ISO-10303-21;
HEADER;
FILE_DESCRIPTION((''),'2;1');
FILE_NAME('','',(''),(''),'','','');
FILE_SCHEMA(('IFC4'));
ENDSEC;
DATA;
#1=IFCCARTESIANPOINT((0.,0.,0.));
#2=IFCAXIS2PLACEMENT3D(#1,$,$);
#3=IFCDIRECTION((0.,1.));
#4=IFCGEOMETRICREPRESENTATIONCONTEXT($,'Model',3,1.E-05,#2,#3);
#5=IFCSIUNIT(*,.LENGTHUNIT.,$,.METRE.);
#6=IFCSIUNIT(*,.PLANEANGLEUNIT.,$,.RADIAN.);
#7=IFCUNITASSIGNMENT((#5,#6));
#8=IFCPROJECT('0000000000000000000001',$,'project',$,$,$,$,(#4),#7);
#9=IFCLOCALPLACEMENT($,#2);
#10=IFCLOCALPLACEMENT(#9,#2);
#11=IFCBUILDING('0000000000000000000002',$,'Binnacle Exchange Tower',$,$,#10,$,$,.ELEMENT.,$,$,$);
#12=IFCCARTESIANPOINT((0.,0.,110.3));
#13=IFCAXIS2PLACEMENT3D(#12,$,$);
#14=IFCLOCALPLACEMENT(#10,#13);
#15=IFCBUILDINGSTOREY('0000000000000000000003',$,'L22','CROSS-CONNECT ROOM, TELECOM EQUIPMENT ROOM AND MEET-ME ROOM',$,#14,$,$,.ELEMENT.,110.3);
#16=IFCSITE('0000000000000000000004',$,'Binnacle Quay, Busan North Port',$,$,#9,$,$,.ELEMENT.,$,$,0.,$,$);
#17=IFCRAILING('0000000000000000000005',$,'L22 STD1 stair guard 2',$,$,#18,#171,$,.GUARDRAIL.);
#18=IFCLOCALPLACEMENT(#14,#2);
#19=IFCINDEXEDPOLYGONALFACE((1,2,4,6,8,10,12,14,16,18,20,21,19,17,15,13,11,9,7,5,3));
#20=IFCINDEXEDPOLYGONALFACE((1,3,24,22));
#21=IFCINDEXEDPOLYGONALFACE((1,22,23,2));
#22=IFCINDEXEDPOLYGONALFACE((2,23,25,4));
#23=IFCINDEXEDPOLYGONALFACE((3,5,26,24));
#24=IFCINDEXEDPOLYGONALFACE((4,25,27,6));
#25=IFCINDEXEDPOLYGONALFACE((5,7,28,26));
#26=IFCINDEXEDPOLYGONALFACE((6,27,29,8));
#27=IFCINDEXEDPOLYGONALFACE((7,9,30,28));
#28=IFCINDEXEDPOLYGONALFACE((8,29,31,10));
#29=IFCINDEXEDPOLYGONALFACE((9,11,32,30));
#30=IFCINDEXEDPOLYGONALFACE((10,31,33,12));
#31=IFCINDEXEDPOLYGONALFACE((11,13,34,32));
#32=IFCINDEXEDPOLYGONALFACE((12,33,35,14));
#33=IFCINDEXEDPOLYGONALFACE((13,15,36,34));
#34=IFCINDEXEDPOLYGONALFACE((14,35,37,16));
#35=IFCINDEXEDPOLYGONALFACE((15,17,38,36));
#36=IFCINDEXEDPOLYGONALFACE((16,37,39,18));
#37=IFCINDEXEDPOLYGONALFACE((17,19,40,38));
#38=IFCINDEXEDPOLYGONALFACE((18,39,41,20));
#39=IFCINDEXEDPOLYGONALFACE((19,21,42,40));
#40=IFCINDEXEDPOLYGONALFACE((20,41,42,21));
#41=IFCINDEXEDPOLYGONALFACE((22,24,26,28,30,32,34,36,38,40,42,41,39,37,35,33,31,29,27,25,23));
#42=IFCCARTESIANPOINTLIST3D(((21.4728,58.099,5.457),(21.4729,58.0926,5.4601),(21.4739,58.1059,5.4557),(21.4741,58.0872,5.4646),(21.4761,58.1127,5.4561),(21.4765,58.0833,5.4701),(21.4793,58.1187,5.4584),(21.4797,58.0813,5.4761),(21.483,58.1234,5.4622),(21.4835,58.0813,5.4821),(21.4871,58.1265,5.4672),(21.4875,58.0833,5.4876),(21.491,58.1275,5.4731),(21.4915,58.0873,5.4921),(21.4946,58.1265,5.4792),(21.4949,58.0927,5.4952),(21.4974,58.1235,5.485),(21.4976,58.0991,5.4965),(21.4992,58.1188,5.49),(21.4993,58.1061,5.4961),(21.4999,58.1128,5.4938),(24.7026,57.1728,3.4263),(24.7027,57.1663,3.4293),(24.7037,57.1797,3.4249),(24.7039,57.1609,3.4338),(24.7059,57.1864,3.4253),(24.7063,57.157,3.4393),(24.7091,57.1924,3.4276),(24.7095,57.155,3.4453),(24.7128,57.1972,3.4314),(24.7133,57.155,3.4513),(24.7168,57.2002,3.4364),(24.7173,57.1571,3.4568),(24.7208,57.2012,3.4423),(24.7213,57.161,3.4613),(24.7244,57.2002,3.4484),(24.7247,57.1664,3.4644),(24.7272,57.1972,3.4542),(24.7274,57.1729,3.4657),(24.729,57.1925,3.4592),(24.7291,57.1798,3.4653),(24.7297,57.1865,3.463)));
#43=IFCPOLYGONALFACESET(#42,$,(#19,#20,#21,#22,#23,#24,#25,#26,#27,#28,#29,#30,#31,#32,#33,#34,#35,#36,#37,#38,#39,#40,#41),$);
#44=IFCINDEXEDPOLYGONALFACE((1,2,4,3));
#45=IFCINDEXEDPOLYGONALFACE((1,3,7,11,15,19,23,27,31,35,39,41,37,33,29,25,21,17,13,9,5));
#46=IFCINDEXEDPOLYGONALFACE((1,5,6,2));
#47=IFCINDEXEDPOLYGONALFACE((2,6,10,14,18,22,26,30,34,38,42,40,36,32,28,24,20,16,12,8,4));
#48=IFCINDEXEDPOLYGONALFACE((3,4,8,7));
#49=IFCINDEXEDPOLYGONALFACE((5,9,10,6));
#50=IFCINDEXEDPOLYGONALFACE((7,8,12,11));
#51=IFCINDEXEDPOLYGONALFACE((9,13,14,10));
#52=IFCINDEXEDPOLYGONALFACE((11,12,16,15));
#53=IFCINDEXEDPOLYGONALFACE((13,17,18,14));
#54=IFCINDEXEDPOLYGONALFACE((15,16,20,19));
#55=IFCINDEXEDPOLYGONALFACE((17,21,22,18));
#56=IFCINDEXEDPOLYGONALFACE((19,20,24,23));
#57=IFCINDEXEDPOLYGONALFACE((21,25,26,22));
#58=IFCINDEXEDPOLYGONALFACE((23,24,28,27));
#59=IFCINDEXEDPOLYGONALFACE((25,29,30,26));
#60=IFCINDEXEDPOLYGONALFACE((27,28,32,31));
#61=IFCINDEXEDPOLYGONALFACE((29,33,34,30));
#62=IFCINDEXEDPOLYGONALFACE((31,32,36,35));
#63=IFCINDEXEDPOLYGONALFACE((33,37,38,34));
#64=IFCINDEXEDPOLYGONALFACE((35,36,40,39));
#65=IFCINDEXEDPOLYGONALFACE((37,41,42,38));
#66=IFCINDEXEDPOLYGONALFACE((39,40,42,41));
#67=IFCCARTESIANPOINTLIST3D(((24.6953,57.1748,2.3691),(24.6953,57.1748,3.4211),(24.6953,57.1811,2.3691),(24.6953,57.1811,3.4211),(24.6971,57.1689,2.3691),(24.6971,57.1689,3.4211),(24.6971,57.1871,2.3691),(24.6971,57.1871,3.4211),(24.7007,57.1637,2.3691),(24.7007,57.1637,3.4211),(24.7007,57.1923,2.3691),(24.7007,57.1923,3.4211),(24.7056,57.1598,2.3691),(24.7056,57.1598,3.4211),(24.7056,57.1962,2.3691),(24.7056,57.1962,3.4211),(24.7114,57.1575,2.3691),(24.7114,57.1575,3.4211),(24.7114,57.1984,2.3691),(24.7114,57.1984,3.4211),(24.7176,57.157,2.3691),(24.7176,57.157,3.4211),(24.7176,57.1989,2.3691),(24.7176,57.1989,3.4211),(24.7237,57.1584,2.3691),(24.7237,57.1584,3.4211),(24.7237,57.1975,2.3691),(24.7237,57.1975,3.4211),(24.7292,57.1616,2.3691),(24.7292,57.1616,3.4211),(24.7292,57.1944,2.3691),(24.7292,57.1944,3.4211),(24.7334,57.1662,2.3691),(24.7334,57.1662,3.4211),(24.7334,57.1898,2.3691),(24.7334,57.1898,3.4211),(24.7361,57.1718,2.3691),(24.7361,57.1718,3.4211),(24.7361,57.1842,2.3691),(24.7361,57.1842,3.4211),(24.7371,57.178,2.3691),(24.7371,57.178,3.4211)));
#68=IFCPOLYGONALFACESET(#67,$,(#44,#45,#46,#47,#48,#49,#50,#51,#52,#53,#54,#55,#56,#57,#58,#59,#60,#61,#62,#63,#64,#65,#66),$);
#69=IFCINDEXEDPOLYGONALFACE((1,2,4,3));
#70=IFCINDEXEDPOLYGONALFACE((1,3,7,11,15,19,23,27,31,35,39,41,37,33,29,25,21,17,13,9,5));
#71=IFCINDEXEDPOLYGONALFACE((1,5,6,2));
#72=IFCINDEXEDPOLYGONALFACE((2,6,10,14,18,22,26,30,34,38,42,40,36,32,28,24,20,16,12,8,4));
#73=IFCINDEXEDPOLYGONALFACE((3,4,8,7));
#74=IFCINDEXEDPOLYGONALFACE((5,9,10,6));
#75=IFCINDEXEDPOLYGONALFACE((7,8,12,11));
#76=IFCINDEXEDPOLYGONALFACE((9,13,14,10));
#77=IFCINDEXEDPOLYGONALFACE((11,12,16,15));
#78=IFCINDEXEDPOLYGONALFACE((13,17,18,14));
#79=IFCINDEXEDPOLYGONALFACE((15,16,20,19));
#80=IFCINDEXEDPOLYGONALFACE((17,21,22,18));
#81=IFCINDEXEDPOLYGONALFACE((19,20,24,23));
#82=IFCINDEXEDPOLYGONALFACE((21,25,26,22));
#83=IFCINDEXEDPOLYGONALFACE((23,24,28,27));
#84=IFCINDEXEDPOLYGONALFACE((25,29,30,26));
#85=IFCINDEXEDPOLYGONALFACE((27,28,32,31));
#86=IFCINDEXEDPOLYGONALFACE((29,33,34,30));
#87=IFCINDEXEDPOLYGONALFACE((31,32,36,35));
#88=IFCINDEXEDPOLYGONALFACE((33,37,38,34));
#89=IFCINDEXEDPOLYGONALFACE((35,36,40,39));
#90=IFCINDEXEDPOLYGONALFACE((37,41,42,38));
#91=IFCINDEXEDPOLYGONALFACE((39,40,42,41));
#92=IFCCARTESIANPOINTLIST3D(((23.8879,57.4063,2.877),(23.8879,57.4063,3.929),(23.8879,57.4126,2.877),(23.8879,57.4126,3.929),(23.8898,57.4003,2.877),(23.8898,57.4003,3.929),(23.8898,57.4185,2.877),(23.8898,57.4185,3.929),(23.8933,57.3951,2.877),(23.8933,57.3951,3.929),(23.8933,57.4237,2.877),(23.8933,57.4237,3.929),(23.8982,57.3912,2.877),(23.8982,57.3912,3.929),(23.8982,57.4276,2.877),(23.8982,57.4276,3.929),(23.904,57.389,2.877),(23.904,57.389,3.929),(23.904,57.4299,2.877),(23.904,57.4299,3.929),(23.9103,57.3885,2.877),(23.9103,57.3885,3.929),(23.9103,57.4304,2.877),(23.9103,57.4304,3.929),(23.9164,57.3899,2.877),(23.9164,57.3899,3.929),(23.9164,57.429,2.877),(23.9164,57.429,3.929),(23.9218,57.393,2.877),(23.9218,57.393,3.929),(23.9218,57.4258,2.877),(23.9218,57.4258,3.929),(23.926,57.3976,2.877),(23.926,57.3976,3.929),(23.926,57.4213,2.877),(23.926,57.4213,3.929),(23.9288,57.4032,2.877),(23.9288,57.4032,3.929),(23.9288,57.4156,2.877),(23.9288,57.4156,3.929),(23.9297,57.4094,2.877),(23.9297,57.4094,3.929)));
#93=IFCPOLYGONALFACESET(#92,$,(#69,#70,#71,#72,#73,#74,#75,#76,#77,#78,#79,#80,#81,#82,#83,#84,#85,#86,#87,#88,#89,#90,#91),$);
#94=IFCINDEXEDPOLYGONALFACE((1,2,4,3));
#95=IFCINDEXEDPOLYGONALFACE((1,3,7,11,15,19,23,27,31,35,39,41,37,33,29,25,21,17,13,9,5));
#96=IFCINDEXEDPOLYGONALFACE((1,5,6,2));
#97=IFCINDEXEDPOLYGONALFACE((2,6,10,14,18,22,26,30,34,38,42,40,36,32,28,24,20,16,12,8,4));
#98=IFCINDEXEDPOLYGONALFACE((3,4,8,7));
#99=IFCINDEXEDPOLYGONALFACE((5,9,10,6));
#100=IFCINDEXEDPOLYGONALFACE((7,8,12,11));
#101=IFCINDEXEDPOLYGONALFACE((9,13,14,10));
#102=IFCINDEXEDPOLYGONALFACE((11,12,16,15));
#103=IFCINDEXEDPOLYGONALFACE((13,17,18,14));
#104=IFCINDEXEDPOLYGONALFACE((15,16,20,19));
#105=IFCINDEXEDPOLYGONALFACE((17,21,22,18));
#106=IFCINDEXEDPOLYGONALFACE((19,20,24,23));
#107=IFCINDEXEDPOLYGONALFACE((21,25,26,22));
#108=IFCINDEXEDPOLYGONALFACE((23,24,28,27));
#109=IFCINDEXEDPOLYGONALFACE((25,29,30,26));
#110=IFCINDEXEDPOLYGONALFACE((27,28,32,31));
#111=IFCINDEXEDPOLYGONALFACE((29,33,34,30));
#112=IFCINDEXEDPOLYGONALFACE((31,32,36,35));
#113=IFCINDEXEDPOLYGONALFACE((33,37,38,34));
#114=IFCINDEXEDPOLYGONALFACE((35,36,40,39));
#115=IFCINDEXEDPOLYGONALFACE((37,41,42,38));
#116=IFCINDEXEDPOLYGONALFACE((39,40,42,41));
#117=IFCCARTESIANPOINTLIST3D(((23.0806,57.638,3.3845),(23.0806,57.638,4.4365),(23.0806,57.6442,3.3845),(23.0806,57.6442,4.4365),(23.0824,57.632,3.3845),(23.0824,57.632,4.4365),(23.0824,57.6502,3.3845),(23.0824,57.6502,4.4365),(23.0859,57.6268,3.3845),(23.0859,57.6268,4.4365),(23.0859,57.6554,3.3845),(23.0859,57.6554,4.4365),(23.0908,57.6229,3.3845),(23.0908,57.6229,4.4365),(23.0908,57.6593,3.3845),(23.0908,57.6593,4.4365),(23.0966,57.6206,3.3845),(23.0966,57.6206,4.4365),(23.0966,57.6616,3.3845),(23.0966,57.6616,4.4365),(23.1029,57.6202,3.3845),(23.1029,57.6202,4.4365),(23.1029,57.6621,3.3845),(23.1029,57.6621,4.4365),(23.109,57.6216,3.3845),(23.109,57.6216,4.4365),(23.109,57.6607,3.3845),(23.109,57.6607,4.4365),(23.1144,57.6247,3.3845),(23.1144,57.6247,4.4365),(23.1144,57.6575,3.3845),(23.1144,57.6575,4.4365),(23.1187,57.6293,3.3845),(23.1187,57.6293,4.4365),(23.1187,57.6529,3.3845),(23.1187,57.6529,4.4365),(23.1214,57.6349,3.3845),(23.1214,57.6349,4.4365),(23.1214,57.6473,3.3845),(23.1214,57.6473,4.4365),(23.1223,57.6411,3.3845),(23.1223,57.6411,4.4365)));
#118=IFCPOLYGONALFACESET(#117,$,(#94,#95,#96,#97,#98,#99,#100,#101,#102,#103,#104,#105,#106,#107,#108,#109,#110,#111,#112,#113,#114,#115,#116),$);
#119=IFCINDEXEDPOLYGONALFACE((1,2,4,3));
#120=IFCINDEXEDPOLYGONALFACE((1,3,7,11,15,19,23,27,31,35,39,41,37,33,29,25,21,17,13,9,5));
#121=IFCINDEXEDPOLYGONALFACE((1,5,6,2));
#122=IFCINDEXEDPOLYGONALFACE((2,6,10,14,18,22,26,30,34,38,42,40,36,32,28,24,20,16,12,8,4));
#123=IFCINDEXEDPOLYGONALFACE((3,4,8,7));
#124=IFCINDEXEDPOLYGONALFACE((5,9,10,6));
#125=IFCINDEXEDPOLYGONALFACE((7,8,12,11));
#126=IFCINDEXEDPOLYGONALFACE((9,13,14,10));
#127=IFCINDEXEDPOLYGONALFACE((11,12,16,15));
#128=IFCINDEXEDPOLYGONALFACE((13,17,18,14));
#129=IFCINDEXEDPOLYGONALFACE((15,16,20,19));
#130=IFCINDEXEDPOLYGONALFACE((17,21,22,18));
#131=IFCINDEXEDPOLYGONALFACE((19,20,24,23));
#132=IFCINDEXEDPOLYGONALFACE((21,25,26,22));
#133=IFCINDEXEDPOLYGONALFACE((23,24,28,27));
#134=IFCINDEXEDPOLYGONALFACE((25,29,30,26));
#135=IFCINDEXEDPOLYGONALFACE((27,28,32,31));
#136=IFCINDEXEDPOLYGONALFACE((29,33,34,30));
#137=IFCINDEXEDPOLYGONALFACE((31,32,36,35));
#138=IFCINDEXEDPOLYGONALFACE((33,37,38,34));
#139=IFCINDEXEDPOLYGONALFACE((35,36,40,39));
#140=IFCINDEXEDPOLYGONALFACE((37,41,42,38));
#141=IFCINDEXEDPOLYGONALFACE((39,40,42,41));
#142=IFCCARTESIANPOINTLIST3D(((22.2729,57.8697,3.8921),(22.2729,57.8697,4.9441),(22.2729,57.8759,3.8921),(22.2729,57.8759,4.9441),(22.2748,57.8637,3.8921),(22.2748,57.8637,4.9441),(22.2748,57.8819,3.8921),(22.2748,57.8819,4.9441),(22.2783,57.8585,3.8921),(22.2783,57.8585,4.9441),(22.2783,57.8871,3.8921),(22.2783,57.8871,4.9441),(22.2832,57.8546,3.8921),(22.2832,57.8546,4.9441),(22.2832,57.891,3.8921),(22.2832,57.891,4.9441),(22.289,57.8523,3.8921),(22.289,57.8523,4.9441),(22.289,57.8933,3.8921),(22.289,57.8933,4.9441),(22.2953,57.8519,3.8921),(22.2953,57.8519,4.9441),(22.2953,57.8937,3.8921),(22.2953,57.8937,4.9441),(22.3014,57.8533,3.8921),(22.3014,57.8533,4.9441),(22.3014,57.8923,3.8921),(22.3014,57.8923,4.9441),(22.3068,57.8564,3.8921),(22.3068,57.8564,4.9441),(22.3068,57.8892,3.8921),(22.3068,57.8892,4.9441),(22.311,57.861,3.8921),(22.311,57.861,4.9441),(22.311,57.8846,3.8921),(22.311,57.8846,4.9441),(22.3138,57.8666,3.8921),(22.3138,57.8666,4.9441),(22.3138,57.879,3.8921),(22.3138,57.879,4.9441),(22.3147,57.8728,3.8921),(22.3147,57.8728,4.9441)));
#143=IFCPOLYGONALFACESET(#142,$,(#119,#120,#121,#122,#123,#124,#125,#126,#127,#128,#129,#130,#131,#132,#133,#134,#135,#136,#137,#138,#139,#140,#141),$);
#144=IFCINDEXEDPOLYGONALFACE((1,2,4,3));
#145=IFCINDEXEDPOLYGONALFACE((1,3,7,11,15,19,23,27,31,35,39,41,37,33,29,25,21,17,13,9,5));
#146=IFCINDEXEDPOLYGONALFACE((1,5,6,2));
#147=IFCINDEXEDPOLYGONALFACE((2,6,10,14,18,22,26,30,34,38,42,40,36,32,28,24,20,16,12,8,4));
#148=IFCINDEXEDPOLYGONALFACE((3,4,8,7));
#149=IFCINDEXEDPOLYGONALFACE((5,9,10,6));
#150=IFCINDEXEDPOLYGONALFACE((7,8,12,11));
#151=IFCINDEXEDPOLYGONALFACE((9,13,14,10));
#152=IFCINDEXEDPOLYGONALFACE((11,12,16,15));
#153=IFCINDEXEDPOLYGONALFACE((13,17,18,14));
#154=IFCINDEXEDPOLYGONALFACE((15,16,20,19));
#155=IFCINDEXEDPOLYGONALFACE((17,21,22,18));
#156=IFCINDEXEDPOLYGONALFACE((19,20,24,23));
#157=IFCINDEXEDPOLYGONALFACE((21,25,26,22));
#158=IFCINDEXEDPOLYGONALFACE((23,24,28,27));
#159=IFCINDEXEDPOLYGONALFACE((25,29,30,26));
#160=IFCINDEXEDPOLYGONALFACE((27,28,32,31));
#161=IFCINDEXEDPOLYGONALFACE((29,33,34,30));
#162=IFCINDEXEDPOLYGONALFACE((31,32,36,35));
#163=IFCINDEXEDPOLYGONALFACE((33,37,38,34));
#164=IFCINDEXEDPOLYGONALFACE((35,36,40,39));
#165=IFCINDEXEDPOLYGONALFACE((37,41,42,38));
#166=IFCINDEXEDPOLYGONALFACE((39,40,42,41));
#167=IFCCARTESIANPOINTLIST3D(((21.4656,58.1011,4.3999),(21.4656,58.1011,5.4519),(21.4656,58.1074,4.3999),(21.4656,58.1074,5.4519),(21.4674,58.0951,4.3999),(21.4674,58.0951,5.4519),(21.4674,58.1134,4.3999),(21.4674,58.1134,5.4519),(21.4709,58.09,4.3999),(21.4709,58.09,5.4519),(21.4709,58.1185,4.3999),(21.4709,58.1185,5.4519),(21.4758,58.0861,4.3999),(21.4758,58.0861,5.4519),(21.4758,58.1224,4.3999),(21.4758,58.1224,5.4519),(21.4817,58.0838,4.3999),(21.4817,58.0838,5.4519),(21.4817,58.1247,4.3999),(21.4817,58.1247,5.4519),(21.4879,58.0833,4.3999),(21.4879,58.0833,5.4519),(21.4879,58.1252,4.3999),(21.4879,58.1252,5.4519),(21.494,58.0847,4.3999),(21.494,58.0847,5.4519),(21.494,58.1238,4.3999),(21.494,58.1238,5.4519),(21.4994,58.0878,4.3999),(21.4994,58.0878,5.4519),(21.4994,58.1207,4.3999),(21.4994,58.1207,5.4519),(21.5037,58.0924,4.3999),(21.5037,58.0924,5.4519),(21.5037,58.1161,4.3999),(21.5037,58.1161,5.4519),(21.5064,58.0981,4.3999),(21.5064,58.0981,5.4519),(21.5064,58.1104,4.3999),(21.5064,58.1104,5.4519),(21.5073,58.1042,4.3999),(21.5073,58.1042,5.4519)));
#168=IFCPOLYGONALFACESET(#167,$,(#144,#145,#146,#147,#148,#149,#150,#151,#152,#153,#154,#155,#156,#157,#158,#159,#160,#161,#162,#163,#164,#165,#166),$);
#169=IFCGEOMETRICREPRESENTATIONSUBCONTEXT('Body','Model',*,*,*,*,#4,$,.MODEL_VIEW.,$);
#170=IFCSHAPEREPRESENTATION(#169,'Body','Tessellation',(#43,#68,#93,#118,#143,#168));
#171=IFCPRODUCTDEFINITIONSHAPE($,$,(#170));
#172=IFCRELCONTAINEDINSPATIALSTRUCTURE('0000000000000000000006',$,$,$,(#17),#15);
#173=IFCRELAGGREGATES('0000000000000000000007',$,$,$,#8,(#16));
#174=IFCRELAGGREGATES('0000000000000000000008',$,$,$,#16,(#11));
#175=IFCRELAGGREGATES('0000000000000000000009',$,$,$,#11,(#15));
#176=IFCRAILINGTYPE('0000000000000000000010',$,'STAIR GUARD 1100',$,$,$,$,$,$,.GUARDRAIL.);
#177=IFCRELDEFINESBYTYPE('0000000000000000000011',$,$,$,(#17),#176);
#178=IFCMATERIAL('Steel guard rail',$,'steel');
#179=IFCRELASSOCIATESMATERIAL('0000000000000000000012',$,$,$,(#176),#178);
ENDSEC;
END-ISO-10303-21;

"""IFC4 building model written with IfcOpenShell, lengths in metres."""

from ifc_helpers import new_model, si_unit, direction, frame, origin, origin_2d, place, context, subcontext, project, spatial, circle, extrude, material, type_object, element, save


model = new_model("IFC4")

# Units and contexts
model_context = context("Model", 3, precision=1e-05, world=origin(), true_north=direction((0.0, 1.0)))
body_context = subcontext(model_context, "Body", "Model", "MODEL_VIEW")
ifc_project = project(units=[si_unit("LENGTHUNIT", "METRE"), si_unit("PLANEANGLEUNIT", "RADIAN")], contexts=[model_context])

# Site, building, storey
site_placement = place(None, origin())
site = spatial("IfcSite", under=ifc_project, at=site_placement, Name="Binnacle Quay, Busan North Port", CompositionType="ELEMENT", RefElevation=0.0)
building_placement = place(site_placement, origin())
building = spatial("IfcBuilding", under=site, at=building_placement, Name="Binnacle Exchange Tower", CompositionType="ELEMENT")
storey_placement = place(building_placement, frame((0.0, 0.0, 110.3)))
storey = spatial("IfcBuildingStorey", under=building, at=storey_placement, Name="L22", Description="CROSS-CONNECT ROOM, TELECOM EQUIPMENT ROOM AND MEET-ME ROOM", CompositionType="ELEMENT", Elevation=110.3)

# Railing
ifc_material_1 = material(Name="Steel guard rail", Category="steel")
railing_type_1 = type_object("IfcRailingType", Name="STAIR GUARD 1100", PredefinedType="GUARDRAIL", material=ifc_material_1)
railing_1_placement = place(storey_placement, frame((24.7161, 57.178, 2.3691)))
element("IfcRailing", 1, at=railing_1_placement, inside=storey, type_object=railing_type_1, Name="L22 STD1 stair guard 2", PredefinedType="GUARDRAIL", context=body_context, shape_type="SweptSolid", body=[
    extrude(circle(Radius=0.0239, at=origin_2d()), frame((0.0, 0.0, 1.0762), z_axis=(-0.822661, 0.235935, 0.517265), x_axis=(-0.275681, -0.961249, 0.0)), (0.0, 0.0, 1.0), 3.926),
    extrude(circle(Radius=0.021, at=origin_2d()), origin(), (0.0, 0.0, 1.0), 1.052),
    extrude(circle(Radius=0.021, at=origin_2d()), frame((-0.8074, 0.2314, 0.5078)), (0.0, 0.0, 1.0), 1.052),
    extrude(circle(Radius=0.021, at=origin_2d()), frame((-1.6147, 0.4631, 1.0154)), (0.0, 0.0, 1.0), 1.052),
    extrude(circle(Radius=0.021, at=origin_2d()), frame((-2.4224, 0.6948, 1.5229)), (0.0, 0.0, 1.0), 1.052),
    extrude(circle(Radius=0.021, at=origin_2d()), frame((-3.2297, 0.9263, 2.0308)), (0.0, 0.0, 1.0), 1.052),
])

save(model, "model.ifc")
